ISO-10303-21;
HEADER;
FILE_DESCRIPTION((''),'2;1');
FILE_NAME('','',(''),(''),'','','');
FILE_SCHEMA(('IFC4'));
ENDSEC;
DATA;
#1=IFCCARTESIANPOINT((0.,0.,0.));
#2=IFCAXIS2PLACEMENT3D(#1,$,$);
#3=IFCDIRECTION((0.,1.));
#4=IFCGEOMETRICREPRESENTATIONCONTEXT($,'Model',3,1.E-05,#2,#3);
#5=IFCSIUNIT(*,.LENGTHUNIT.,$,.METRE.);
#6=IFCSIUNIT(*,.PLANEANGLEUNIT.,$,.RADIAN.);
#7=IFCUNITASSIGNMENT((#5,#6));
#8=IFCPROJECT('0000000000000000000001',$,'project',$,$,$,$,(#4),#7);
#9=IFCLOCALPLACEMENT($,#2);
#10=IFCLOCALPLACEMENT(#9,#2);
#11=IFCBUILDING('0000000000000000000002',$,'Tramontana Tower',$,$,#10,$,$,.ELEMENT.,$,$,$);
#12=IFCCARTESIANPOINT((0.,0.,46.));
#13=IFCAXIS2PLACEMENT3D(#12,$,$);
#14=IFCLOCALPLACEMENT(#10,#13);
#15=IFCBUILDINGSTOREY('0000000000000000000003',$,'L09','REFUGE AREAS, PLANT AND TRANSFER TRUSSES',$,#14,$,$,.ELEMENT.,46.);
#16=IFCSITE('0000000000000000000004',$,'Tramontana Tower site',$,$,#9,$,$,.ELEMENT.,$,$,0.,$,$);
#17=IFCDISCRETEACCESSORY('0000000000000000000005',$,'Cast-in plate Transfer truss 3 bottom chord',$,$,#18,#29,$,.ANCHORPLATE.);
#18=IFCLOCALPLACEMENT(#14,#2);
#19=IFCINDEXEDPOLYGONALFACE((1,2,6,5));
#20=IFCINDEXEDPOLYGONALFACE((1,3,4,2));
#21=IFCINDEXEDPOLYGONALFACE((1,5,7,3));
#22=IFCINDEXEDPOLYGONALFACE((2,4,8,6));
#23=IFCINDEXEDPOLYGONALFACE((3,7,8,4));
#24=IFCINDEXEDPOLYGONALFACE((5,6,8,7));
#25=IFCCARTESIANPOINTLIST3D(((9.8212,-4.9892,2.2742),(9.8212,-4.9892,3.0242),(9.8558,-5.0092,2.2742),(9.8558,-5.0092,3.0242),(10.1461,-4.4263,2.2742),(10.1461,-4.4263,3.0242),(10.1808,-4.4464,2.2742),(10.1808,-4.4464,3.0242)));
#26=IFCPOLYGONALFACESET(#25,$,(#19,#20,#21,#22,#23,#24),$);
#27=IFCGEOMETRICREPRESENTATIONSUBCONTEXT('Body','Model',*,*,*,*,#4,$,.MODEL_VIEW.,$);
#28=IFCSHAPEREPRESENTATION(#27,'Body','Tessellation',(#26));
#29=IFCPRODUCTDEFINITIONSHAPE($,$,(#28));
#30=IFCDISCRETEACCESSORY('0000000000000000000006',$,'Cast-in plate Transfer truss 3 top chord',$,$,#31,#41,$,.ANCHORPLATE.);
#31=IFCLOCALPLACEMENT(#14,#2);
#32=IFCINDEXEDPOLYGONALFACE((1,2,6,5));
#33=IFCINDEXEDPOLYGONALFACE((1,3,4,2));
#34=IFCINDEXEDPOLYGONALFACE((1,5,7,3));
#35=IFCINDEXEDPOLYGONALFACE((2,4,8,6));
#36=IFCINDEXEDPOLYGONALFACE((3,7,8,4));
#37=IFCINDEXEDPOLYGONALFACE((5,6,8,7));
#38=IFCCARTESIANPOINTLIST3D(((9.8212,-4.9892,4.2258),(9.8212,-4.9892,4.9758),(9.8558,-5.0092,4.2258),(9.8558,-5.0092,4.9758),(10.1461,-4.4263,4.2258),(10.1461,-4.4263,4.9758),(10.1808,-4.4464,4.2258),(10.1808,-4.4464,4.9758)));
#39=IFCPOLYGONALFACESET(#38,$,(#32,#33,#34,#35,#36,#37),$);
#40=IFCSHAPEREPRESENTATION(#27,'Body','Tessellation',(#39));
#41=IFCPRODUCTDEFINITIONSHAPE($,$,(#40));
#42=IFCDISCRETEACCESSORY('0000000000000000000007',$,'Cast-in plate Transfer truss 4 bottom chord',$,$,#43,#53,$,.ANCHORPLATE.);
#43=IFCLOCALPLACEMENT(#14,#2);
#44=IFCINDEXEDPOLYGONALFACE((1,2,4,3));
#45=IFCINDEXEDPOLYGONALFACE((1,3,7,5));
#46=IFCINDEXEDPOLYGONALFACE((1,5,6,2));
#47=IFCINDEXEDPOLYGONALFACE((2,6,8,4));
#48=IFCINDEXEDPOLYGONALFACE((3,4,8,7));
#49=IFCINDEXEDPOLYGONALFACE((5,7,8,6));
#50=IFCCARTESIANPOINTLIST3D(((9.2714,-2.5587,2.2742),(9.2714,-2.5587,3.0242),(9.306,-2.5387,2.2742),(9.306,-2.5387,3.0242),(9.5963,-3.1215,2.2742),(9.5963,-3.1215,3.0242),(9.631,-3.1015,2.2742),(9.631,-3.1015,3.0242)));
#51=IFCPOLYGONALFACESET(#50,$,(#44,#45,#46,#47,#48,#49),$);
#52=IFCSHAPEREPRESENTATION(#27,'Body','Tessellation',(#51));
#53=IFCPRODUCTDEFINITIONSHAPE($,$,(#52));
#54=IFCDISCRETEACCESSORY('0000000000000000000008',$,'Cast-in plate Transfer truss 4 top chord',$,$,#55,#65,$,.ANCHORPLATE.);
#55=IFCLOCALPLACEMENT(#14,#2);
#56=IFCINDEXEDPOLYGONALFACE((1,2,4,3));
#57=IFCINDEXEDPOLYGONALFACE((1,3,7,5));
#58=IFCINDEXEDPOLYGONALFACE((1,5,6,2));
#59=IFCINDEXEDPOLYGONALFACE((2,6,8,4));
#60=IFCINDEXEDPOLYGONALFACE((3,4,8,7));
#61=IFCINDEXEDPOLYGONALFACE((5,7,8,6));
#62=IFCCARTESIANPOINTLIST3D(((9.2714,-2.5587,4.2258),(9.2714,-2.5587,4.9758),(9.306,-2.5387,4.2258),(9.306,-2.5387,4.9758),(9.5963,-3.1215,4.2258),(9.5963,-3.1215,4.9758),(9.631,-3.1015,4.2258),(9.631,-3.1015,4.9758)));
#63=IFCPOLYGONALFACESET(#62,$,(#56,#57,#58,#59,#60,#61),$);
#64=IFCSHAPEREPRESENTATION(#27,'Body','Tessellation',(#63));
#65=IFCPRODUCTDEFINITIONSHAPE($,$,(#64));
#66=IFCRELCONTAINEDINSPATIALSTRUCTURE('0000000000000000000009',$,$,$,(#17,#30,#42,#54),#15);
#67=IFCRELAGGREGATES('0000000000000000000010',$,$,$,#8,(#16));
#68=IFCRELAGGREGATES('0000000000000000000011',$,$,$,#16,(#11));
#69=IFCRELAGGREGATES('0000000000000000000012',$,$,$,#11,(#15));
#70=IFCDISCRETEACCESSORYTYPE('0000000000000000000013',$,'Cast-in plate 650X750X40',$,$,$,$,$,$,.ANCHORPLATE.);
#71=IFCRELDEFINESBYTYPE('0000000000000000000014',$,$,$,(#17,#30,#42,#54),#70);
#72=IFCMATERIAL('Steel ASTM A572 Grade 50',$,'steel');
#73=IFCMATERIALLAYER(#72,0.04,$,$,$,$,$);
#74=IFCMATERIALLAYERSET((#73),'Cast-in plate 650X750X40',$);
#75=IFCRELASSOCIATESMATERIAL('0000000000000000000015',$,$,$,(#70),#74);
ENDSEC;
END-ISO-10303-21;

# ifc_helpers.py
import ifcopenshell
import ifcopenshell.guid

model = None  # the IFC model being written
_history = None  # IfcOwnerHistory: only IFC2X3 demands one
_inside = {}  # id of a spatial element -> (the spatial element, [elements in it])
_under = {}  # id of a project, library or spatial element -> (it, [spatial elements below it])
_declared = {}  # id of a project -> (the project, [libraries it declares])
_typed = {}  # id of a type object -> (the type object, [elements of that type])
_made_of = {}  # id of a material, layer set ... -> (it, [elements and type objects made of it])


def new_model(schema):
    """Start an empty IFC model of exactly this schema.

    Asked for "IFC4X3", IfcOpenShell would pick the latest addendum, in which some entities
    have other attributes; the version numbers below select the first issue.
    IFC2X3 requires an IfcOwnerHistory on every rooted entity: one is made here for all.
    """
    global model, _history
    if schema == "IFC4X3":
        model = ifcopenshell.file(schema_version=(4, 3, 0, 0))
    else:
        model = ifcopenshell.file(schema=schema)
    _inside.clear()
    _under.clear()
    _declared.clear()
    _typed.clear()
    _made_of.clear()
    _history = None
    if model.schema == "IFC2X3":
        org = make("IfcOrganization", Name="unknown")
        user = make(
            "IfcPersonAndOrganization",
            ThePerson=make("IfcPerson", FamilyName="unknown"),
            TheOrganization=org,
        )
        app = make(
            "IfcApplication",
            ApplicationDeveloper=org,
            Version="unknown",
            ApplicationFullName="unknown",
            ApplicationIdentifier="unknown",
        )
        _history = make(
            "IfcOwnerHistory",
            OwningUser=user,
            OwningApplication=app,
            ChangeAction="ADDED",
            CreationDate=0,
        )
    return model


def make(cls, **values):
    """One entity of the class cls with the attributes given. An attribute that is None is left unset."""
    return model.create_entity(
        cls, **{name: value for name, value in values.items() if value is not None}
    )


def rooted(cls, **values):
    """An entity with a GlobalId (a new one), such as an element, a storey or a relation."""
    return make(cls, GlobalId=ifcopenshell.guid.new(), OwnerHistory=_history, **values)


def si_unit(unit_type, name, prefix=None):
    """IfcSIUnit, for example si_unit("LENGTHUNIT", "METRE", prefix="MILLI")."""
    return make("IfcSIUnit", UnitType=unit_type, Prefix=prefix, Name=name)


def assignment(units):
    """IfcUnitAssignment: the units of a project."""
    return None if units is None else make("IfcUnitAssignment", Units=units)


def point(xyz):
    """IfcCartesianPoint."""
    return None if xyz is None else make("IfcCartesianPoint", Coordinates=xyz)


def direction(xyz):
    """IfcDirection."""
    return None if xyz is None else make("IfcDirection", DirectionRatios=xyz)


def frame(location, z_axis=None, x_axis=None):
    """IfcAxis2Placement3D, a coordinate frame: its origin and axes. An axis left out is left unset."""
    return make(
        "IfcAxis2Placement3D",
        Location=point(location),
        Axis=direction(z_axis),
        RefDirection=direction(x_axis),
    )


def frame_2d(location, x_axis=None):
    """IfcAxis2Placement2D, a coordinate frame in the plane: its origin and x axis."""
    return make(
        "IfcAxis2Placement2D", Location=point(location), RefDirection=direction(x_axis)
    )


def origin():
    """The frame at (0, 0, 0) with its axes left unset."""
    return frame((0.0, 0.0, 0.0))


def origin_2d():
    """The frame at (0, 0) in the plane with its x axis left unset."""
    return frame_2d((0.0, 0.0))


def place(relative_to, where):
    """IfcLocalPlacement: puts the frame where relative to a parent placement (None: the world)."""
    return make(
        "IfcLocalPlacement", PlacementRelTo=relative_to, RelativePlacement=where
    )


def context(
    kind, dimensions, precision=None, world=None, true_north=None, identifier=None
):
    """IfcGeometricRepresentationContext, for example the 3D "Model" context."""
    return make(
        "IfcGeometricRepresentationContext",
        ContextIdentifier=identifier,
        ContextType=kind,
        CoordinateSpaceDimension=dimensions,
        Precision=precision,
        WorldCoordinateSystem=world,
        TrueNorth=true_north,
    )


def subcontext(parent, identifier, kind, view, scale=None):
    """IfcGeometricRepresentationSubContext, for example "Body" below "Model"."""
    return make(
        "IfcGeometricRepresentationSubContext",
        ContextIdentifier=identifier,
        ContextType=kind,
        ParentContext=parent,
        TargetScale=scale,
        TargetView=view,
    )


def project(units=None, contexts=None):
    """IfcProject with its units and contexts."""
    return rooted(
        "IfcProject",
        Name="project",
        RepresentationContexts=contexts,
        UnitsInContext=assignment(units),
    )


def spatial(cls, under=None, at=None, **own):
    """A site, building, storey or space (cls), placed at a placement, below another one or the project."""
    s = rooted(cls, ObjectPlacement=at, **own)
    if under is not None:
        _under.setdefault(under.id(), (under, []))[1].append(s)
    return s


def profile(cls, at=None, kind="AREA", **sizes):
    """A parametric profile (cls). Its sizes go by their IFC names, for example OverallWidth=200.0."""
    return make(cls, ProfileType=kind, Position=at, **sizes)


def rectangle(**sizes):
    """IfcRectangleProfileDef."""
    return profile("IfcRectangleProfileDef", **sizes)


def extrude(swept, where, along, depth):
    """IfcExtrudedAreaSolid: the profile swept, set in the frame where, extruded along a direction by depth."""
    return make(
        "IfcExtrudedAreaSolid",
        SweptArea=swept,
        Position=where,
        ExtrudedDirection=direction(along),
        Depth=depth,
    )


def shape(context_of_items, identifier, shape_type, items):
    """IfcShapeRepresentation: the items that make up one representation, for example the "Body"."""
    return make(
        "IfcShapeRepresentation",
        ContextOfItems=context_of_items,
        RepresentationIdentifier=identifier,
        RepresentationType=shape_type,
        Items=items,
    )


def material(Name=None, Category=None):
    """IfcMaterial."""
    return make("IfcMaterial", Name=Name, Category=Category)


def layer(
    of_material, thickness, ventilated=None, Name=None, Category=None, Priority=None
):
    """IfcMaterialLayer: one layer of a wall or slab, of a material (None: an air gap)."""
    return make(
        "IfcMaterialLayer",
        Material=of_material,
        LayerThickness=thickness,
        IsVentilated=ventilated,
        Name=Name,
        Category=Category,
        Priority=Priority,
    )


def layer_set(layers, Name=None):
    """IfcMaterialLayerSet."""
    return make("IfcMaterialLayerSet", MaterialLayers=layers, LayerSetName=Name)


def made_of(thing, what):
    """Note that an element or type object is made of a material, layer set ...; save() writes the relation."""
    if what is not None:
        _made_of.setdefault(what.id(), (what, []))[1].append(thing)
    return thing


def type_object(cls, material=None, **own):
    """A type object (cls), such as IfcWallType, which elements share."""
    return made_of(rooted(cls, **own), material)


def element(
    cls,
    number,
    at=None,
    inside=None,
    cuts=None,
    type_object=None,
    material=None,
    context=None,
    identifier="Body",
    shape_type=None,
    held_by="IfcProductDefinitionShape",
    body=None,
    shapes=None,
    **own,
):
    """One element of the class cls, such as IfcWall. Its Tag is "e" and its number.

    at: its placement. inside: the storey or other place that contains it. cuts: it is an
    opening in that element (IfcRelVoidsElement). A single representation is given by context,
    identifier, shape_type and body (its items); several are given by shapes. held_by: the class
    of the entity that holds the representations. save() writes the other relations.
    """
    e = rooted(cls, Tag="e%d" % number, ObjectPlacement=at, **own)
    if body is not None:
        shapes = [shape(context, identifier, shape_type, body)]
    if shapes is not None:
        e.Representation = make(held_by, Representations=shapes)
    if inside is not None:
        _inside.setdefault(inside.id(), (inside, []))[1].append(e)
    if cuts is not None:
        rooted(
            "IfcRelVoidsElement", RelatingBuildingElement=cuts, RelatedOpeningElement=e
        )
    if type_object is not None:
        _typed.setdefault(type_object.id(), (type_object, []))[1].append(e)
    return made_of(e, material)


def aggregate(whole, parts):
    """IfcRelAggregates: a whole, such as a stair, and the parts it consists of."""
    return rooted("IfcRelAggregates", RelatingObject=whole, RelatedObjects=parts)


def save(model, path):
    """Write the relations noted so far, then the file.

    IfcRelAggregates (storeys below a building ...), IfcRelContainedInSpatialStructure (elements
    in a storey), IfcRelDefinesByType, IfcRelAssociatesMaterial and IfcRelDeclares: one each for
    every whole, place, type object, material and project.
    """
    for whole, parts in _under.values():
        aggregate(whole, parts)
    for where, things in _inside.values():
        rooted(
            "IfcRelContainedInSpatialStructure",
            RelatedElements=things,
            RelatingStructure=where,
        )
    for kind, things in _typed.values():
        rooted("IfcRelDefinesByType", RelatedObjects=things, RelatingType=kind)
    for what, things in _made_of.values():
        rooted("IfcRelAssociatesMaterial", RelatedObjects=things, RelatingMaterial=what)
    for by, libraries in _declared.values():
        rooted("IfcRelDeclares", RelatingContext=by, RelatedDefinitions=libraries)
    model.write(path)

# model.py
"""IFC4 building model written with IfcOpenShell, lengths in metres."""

from ifc_helpers import new_model, si_unit, direction, frame, origin, origin_2d, place, context, subcontext, project, spatial, rectangle, extrude, material, layer, layer_set, type_object, element, save


model = new_model("IFC4")

# Units and contexts
model_context = context("Model", 3, precision=1e-05, world=origin(), true_north=direction((0.0, 1.0)))
body_context = subcontext(model_context, "Body", "Model", "MODEL_VIEW")
ifc_project = project(units=[si_unit("LENGTHUNIT", "METRE"), si_unit("PLANEANGLEUNIT", "RADIAN")], contexts=[model_context])

# Site, building, storey
site_placement = place(None, origin())
site = spatial("IfcSite", under=ifc_project, at=site_placement, Name="Tramontana Tower site", CompositionType="ELEMENT", RefElevation=0.0)
building_placement = place(site_placement, origin())
building = spatial("IfcBuilding", under=site, at=building_placement, Name="Tramontana Tower", CompositionType="ELEMENT")
storey_placement = place(building_placement, frame((0.0, 0.0, 46.0)))
storey = spatial("IfcBuildingStorey", under=building, at=storey_placement, Name="L09", Description="REFUGE AREAS, PLANT AND TRANSFER TRUSSES", CompositionType="ELEMENT", Elevation=46.0)

# Discrete accessories
ifc_material_1 = material(Name="Steel ASTM A572 Grade 50", Category="steel")
ifc_layer_1 = layer(ifc_material_1, 0.04)
ifc_layer_set_1 = layer_set([ifc_layer_1], Name="Cast-in plate 650X750X40")
discrete_accessory_type = type_object("IfcDiscreteAccessoryType", Name="Cast-in plate 650X750X40", PredefinedType="ANCHORPLATE", material=ifc_layer_set_1)
for number, where, z_axis, x_axis, name in (
    (1, (10.001, -4.7178, 2.2742), (0.0, 0.0, 1.0), (0.5, 0.866025, 0.0), "Cast-in plate Transfer truss 3 bottom chord"),
    (2, (10.001, -4.7178, 4.2258), (0.0, 0.0, 1.0), (0.5, 0.866025, 0.0), "Cast-in plate Transfer truss 3 top chord"),
    (3, (9.4512, -2.8301, 2.2742), (0.0, 0.0, 1.0), (-0.5, 0.866025, 0.0), "Cast-in plate Transfer truss 4 bottom chord"),
    (4, (9.4512, -2.8301, 4.2258), (0.0, 0.0, 1.0), (-0.5, 0.866025, 0.0), "Cast-in plate Transfer truss 4 top chord"),
):
    element("IfcDiscreteAccessory", number, at=place(storey_placement, frame(where, z_axis=z_axis, x_axis=x_axis)), inside=storey, type_object=discrete_accessory_type, Name=name, PredefinedType="ANCHORPLATE", context=body_context, shape_type="SweptSolid", body=[
        extrude(rectangle(XDim=0.6499, YDim=0.04, at=origin_2d()), origin(), (0.0, 0.0, 1.0), 0.75),
    ])

save(model, "model.ifc")
